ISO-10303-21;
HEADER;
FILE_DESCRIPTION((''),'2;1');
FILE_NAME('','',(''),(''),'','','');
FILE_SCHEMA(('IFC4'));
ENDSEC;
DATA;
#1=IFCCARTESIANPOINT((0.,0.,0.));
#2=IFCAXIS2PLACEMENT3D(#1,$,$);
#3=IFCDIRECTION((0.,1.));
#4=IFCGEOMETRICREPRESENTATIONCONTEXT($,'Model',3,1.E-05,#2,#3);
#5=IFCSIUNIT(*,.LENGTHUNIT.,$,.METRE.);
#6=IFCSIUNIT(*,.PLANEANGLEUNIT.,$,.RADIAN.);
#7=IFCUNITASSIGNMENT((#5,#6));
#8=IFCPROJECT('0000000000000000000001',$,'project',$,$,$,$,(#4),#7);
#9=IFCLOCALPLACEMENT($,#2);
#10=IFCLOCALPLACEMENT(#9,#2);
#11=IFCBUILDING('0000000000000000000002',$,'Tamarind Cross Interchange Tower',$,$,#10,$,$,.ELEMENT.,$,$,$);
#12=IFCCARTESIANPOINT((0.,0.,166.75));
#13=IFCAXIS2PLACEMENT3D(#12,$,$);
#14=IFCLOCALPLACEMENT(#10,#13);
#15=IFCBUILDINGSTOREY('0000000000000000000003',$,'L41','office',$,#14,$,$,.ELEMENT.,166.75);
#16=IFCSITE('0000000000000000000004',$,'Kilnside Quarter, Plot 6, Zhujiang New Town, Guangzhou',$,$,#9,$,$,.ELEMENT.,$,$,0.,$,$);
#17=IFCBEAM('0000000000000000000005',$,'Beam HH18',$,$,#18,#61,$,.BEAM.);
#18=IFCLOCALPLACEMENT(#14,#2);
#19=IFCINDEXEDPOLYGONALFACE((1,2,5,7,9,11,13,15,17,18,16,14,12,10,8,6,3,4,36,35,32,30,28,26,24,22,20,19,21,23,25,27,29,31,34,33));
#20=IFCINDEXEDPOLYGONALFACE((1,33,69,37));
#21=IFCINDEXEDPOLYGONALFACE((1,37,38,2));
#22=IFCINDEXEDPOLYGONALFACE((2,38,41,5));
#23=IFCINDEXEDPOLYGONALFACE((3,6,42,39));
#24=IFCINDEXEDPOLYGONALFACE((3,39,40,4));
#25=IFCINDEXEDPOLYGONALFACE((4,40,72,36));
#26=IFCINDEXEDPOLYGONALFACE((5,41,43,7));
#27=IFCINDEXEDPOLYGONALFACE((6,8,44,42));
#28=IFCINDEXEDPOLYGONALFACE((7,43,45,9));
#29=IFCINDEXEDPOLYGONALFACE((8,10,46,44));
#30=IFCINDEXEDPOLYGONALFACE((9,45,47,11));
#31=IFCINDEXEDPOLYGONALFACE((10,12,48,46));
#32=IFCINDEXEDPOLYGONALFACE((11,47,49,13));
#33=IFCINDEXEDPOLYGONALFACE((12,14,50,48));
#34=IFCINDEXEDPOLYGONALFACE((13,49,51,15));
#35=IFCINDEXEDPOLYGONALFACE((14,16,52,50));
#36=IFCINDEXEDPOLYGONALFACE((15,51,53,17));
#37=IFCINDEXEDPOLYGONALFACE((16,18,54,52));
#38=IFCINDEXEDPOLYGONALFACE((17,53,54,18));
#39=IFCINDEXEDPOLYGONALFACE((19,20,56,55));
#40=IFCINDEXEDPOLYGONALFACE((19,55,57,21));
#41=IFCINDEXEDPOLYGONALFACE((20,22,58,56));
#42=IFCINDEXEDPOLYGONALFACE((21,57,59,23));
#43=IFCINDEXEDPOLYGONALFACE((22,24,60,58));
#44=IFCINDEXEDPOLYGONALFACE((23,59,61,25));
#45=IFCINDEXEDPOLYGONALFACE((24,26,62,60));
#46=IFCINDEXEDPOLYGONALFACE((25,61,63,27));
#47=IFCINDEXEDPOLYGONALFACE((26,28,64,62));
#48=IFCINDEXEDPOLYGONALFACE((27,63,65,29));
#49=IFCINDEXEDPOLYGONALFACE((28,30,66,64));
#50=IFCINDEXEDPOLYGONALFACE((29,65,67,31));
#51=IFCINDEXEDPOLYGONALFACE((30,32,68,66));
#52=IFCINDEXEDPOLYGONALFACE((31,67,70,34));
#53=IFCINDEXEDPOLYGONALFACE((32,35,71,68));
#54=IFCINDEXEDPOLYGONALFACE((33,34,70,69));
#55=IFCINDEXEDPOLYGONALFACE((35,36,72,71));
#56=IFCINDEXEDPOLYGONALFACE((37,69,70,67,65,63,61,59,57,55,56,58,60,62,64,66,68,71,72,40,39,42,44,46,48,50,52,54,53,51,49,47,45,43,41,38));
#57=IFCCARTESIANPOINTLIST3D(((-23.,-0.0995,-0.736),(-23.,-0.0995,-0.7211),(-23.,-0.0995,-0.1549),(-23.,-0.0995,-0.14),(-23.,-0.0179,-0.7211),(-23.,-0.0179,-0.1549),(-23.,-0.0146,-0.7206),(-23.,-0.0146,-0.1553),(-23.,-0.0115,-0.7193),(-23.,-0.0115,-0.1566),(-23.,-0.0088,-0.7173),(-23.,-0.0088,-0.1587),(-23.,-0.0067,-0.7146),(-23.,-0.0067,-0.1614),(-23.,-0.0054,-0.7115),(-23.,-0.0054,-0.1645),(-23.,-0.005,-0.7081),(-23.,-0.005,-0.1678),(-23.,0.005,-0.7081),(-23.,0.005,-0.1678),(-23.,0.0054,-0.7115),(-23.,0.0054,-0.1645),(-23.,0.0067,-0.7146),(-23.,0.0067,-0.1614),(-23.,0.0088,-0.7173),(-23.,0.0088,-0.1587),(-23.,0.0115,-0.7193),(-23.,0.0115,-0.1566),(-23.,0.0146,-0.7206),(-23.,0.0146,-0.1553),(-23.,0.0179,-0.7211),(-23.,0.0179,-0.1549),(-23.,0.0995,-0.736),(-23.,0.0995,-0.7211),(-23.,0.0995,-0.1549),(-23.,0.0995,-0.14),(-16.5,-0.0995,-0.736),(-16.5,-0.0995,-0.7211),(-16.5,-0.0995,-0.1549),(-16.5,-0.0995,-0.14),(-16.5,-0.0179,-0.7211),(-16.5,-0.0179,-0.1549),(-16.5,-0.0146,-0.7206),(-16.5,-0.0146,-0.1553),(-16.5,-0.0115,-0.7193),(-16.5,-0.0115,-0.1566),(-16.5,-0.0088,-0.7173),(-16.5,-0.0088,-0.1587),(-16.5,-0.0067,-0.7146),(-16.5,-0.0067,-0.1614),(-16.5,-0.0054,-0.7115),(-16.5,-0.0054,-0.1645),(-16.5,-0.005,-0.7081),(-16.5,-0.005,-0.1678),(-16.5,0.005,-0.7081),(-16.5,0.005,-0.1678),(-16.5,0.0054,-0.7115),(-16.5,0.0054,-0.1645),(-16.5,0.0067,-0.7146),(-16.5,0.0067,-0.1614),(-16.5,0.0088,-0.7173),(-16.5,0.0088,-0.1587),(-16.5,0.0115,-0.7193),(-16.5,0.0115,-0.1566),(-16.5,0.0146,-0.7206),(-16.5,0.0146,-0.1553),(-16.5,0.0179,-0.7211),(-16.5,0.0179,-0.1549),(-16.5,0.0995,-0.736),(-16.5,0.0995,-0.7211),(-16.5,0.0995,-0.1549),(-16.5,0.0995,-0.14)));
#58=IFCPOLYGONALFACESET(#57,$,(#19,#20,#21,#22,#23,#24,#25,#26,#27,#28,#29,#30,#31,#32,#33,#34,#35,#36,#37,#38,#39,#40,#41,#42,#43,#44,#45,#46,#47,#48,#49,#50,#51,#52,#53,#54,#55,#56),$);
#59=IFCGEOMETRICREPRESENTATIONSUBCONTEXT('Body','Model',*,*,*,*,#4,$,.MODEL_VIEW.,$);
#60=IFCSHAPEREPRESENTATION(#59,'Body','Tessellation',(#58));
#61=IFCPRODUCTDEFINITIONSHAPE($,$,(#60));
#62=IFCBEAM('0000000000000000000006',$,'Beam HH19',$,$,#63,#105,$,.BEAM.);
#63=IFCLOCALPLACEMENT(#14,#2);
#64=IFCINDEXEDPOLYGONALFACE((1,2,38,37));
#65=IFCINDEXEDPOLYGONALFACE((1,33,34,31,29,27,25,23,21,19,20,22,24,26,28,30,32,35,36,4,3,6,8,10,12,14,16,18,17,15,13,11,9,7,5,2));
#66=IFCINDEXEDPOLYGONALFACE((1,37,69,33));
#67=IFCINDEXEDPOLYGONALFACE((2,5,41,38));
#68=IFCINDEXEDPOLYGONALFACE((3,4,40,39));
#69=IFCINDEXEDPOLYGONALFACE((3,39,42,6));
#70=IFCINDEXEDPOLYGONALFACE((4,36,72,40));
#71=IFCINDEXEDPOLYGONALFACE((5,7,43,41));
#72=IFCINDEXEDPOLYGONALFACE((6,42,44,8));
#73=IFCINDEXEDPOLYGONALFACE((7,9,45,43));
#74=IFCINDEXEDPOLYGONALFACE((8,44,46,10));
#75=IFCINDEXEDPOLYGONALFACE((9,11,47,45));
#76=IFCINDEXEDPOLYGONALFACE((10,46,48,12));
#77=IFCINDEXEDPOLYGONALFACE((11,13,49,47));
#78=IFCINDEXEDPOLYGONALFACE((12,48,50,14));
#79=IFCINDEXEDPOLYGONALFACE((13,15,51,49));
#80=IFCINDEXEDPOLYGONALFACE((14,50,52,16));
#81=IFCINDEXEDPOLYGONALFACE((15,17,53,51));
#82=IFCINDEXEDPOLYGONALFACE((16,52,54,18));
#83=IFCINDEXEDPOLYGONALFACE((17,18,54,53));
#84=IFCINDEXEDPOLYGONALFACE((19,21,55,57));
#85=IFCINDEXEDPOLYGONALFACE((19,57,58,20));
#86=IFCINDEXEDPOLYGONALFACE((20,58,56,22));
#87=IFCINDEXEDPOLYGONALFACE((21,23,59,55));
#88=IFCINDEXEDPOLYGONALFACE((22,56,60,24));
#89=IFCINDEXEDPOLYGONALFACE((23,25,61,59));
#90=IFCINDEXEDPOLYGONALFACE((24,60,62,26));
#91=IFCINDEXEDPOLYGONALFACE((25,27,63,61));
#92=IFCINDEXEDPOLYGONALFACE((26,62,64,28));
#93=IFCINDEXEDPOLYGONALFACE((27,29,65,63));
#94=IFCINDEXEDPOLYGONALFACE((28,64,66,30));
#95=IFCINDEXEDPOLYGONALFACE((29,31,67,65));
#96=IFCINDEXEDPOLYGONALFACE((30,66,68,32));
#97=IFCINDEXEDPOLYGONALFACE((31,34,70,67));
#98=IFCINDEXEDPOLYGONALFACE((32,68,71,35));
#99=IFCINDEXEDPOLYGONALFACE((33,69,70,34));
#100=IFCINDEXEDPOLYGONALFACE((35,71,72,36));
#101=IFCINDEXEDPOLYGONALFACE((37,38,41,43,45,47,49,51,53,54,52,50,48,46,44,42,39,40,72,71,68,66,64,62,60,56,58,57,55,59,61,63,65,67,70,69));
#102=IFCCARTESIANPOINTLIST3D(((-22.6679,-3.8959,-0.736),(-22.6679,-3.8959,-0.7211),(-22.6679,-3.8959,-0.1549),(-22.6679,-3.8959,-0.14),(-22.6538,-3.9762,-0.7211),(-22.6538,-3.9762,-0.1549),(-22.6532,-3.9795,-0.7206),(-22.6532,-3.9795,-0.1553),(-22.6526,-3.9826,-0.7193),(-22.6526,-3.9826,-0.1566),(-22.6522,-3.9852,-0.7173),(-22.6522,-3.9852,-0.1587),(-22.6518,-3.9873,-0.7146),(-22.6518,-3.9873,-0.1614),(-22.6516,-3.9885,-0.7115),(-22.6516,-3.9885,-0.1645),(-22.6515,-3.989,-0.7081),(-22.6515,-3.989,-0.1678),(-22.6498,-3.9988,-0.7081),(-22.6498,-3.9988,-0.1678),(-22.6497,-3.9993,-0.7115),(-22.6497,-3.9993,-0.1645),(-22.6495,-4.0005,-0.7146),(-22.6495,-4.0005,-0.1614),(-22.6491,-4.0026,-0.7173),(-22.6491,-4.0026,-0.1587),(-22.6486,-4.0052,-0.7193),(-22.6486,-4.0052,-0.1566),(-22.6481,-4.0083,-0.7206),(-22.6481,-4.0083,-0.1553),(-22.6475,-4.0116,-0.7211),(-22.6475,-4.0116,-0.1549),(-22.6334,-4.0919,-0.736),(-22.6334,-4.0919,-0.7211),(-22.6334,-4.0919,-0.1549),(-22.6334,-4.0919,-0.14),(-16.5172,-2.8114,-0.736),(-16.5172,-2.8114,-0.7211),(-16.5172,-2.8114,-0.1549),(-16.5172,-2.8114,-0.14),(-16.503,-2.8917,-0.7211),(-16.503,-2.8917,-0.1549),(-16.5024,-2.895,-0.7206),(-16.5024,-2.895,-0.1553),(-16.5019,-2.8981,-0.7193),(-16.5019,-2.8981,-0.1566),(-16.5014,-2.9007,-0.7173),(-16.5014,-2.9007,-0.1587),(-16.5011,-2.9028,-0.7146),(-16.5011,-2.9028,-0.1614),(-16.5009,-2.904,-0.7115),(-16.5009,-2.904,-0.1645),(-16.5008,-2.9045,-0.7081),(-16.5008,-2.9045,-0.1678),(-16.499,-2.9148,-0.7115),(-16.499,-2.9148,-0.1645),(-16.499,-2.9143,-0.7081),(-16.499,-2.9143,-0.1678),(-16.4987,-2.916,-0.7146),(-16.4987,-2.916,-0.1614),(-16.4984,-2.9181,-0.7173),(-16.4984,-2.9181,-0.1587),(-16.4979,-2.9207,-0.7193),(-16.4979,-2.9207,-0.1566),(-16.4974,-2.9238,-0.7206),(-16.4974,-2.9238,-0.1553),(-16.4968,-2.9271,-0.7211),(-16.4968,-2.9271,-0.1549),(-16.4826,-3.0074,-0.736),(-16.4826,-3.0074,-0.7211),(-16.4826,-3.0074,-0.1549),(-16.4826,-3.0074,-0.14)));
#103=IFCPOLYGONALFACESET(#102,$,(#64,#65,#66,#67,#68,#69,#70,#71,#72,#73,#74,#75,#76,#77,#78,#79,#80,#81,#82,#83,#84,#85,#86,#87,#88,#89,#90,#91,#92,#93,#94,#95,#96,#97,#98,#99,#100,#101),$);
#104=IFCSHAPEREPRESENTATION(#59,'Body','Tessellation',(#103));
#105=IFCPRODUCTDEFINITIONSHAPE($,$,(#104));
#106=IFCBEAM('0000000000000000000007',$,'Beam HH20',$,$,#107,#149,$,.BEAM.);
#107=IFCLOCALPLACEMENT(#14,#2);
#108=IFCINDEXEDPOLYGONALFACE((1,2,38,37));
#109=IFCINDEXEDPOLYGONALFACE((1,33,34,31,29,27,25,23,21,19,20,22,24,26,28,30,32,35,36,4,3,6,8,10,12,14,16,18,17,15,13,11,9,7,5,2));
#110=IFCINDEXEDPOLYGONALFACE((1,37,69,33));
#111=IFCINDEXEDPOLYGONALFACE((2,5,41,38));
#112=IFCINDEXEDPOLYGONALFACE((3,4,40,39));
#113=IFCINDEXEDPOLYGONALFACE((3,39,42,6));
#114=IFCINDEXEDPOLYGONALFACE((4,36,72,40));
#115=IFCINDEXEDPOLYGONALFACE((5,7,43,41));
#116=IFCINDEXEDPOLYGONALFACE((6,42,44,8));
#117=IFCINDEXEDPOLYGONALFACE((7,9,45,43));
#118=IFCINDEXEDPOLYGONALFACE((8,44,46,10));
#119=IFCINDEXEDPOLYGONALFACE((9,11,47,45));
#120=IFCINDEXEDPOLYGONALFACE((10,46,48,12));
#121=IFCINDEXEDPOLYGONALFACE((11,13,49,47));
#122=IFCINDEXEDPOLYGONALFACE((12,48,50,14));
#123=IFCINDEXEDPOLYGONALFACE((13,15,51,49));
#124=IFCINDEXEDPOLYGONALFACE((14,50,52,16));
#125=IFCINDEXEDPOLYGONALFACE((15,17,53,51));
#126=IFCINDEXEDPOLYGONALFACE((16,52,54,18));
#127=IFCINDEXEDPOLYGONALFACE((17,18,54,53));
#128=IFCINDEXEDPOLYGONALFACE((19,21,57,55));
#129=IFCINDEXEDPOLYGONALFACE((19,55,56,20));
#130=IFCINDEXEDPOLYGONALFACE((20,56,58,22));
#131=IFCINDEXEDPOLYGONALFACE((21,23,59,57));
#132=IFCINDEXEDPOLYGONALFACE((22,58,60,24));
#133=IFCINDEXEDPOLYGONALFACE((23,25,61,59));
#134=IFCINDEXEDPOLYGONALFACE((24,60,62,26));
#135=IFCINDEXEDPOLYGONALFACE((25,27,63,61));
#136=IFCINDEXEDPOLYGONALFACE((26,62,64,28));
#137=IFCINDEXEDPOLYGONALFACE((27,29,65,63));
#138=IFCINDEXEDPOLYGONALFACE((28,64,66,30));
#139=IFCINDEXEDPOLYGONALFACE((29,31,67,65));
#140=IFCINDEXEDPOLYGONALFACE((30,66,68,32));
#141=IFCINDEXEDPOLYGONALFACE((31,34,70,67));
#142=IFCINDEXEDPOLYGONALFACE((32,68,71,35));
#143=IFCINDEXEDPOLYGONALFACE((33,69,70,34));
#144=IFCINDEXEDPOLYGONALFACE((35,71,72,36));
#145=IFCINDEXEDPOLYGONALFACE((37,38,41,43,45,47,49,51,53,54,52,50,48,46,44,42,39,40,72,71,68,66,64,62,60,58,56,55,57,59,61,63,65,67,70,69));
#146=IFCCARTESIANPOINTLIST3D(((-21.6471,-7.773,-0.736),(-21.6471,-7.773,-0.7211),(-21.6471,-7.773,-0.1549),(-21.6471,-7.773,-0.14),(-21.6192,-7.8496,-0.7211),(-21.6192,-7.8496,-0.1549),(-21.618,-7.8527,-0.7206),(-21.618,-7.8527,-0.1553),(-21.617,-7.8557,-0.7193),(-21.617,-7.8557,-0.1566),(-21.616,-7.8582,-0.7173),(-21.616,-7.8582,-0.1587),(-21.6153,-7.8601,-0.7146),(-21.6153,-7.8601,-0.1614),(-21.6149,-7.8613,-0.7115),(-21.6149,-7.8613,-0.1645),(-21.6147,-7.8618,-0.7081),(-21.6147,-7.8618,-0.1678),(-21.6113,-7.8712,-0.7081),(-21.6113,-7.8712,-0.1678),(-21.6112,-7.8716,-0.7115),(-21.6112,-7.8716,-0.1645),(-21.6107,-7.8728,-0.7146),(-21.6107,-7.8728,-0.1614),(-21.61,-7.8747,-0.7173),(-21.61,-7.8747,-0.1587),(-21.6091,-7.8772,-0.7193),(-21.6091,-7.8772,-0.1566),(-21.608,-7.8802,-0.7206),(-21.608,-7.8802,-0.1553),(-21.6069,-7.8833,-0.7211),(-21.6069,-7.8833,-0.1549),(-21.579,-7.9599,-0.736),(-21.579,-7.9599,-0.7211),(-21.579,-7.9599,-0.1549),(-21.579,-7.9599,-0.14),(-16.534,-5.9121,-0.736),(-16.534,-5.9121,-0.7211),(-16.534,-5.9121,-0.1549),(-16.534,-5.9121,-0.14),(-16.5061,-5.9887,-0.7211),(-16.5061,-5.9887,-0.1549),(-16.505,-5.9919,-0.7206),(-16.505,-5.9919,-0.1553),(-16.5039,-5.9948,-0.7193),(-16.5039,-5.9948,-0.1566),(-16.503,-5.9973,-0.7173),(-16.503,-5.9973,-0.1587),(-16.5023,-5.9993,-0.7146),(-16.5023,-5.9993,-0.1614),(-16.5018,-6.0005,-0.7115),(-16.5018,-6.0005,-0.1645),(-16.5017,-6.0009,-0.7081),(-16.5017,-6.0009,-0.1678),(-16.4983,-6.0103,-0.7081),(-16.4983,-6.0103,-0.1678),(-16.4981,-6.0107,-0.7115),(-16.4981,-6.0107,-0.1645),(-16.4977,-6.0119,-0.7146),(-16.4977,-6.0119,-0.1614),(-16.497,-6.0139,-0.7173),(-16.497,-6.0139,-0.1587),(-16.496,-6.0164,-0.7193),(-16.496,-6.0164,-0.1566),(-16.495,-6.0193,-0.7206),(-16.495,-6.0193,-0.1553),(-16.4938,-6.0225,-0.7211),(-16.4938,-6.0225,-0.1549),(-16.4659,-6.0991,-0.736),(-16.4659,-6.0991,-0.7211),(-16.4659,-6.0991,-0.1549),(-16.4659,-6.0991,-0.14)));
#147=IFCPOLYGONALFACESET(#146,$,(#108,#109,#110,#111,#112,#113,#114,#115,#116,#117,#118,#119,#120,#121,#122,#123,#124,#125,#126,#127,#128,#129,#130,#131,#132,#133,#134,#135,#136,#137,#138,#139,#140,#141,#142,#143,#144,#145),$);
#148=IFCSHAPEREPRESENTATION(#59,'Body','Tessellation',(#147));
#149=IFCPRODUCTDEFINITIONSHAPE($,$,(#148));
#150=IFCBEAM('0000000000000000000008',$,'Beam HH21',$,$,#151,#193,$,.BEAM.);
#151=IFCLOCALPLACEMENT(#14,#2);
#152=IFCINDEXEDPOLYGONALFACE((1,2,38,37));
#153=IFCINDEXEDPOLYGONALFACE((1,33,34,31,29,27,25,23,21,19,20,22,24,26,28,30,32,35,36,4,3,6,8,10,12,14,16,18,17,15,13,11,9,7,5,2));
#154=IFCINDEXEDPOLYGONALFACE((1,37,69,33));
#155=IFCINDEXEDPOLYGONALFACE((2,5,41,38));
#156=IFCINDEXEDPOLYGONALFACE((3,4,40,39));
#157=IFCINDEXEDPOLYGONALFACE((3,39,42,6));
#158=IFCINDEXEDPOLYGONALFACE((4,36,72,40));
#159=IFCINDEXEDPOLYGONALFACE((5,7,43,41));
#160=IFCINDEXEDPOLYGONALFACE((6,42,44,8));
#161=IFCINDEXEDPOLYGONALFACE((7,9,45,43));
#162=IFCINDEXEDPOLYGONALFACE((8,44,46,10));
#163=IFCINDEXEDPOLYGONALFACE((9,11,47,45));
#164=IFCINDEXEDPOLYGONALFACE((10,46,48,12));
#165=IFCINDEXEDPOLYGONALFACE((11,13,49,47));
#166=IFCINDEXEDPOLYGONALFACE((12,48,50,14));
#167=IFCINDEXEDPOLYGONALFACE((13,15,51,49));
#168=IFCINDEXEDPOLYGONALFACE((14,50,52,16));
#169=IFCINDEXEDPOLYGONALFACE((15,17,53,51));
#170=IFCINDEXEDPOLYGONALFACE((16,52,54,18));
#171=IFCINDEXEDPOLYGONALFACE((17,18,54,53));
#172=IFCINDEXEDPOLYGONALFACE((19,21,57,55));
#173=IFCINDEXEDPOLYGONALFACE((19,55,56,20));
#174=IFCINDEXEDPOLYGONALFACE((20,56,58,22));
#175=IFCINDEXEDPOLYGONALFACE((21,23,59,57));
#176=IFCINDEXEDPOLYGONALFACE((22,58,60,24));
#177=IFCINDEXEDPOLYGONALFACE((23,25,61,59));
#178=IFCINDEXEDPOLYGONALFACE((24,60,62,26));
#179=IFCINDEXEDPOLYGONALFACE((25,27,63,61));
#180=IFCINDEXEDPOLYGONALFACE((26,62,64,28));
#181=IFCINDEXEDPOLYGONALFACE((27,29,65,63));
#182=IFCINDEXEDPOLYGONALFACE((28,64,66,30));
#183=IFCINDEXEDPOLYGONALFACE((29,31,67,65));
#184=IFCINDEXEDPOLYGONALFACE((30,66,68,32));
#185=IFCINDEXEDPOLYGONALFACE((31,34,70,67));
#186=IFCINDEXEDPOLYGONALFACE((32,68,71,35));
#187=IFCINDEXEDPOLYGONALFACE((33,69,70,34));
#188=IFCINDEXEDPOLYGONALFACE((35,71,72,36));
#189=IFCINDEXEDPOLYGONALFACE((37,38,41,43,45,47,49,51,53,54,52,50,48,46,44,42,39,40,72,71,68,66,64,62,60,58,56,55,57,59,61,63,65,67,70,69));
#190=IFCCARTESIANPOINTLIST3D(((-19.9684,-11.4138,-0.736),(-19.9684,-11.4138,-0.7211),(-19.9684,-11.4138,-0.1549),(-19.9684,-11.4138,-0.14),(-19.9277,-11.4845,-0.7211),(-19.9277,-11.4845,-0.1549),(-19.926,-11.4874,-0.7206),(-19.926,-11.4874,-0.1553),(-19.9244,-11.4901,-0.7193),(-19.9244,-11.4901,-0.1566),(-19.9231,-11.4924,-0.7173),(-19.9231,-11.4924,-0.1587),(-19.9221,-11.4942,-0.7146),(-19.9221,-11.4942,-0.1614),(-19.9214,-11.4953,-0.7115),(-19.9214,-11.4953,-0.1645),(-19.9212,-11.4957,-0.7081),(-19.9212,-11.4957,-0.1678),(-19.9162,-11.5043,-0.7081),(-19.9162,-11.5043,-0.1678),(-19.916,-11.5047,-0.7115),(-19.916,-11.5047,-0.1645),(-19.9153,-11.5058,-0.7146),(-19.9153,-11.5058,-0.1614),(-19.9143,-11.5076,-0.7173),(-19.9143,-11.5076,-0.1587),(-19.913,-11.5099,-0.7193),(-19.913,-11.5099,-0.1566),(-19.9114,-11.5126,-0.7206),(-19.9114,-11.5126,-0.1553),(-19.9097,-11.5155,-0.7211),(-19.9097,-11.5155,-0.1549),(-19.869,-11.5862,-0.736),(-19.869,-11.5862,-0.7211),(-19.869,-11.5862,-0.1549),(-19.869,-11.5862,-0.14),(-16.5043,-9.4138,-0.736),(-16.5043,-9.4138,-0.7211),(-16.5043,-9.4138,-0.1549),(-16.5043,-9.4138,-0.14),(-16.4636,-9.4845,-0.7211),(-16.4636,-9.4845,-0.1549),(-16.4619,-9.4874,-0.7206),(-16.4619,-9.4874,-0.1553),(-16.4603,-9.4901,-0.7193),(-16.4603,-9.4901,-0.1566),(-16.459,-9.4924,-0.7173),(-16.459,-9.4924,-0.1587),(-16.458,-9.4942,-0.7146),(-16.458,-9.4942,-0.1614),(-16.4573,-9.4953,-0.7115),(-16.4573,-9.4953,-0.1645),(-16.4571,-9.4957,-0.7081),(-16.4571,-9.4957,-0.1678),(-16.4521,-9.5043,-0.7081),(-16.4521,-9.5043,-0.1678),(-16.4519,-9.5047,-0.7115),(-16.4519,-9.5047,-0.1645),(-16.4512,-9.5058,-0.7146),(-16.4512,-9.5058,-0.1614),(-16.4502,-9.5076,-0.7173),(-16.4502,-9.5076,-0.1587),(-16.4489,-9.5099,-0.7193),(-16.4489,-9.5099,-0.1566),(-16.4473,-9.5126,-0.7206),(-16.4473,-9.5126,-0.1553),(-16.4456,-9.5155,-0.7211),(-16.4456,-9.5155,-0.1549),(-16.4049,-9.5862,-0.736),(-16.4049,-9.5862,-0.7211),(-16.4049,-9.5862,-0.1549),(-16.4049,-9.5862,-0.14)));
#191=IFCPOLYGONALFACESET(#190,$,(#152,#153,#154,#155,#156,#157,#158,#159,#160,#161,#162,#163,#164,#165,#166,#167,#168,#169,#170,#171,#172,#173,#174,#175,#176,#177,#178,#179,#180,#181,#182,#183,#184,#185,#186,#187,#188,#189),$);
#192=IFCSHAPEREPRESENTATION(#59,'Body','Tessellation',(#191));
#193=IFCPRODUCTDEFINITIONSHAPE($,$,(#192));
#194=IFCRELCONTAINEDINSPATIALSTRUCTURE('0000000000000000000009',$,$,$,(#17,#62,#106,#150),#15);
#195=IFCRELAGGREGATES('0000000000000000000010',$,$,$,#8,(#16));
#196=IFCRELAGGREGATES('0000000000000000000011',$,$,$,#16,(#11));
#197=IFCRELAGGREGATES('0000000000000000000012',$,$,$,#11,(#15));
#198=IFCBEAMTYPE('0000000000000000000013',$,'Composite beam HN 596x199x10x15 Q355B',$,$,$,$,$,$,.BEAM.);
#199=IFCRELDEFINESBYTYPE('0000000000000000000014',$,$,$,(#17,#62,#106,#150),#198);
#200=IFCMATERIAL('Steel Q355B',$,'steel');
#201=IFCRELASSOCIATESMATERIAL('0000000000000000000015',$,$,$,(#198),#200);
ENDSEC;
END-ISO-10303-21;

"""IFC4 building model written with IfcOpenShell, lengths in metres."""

from ifc_helpers import new_model, si_unit, direction, frame, origin, origin_2d, place, context, subcontext, project, spatial, i_section, extrude, material, material_profile, profile_set, type_object, element, save


model = new_model("IFC4")

# Units and contexts
model_context = context("Model", 3, precision=1e-05, world=origin(), true_north=direction((0.0, 1.0)))
body_context = subcontext(model_context, "Body", "Model", "MODEL_VIEW")
ifc_project = project(units=[si_unit("LENGTHUNIT", "METRE"), si_unit("PLANEANGLEUNIT", "RADIAN")], contexts=[model_context])

# Site, building, storey
site_placement = place(None, origin())
site = spatial("IfcSite", under=ifc_project, at=site_placement, Name="Kilnside Quarter, Plot 6, Zhujiang New Town, Guangzhou", CompositionType="ELEMENT", RefElevation=0.0)
building_placement = place(site_placement, origin())
building = spatial("IfcBuilding", under=site, at=building_placement, Name="Tamarind Cross Interchange Tower", CompositionType="ELEMENT")
storey_placement = place(building_placement, frame((0.0, 0.0, 166.75)))
storey = spatial("IfcBuildingStorey", under=building, at=storey_placement, Name="L41", Description="office", CompositionType="ELEMENT", Elevation=166.75)

# Beams
ifc_material_1 = material(Name="Steel Q355B", Category="steel")
ifc_material_profile_1 = material_profile(ifc_material_1, i_section(OverallWidth=0.199, OverallDepth=0.5959, WebThickness=0.01, FlangeThickness=0.0149, FilletRadius=0.0129, at=origin_2d()), Name="HN 596x199x10x15")
ifc_profile_set_1 = profile_set([ifc_material_profile_1], Name="Steel Q355B")
beam_type_1 = type_object("IfcBeamType", Name="Composite beam HN 596x199x10x15 Q355B", PredefinedType="BEAM", material=ifc_profile_set_1)
beam_1_placement = place(storey_placement, frame((-23.0, 0.0, -0.438), z_axis=(1.0, 0.0, 0.0), x_axis=(0.0, 1.0, 0.0)))
element("IfcBeam", 1, at=beam_1_placement, inside=storey, type_object=beam_type_1, Name="Beam HH18", PredefinedType="BEAM", context=body_context, shape_type="SweptSolid", body=[
    extrude(i_section(OverallWidth=0.199, OverallDepth=0.5959, WebThickness=0.01, FlangeThickness=0.0149, FilletRadius=0.0129, at=origin_2d()), origin(), (0.0, 0.0, 1.0), 6.5),
])
beam_2_placement = place(storey_placement, frame((-22.6506, -3.9939, -0.438), z_axis=(0.984809, 0.17364, 0.0), x_axis=(-0.17364, 0.984809, 0.0)))
element("IfcBeam", 2, at=beam_2_placement, inside=storey, type_object=beam_type_1, Name="Beam HH19", PredefinedType="BEAM", context=body_context, shape_type="SweptSolid", body=[
    extrude(i_section(OverallWidth=0.199, OverallDepth=0.5959, WebThickness=0.01, FlangeThickness=0.0149, FilletRadius=0.0129, at=origin_2d()), origin(), (0.0, 0.0, 1.0), 6.2456),
])
beam_3_placement = place(storey_placement, frame((-21.613, -7.8665, -0.438), z_axis=(0.939702, 0.341995, 0.0), x_axis=(-0.341995, 0.939702, 0.0)))
element("IfcBeam", 3, at=beam_3_placement, inside=storey, type_object=beam_type_1, Name="Beam HH20", PredefinedType="BEAM", context=body_context, shape_type="SweptSolid", body=[
    extrude(i_section(OverallWidth=0.199, OverallDepth=0.5959, WebThickness=0.01, FlangeThickness=0.0149, FilletRadius=0.0129, at=origin_2d()), origin(), (0.0, 0.0, 1.0), 5.4412),
])
beam_4_placement = place(storey_placement, frame((-19.9187, -11.5, -0.438), z_axis=(0.866026, 0.499999, 0.0), x_axis=(-0.499999, 0.866026, 0.0)))
element("IfcBeam", 4, at=beam_4_placement, inside=storey, type_object=beam_type_1, Name="Beam HH21", PredefinedType="BEAM", context=body_context, shape_type="SweptSolid", body=[
    extrude(i_section(OverallWidth=0.199, OverallDepth=0.5959, WebThickness=0.01, FlangeThickness=0.0149, FilletRadius=0.0129, at=origin_2d()), origin(), (0.0, 0.0, 1.0), 4.0),
])

save(model, "model.ifc")
